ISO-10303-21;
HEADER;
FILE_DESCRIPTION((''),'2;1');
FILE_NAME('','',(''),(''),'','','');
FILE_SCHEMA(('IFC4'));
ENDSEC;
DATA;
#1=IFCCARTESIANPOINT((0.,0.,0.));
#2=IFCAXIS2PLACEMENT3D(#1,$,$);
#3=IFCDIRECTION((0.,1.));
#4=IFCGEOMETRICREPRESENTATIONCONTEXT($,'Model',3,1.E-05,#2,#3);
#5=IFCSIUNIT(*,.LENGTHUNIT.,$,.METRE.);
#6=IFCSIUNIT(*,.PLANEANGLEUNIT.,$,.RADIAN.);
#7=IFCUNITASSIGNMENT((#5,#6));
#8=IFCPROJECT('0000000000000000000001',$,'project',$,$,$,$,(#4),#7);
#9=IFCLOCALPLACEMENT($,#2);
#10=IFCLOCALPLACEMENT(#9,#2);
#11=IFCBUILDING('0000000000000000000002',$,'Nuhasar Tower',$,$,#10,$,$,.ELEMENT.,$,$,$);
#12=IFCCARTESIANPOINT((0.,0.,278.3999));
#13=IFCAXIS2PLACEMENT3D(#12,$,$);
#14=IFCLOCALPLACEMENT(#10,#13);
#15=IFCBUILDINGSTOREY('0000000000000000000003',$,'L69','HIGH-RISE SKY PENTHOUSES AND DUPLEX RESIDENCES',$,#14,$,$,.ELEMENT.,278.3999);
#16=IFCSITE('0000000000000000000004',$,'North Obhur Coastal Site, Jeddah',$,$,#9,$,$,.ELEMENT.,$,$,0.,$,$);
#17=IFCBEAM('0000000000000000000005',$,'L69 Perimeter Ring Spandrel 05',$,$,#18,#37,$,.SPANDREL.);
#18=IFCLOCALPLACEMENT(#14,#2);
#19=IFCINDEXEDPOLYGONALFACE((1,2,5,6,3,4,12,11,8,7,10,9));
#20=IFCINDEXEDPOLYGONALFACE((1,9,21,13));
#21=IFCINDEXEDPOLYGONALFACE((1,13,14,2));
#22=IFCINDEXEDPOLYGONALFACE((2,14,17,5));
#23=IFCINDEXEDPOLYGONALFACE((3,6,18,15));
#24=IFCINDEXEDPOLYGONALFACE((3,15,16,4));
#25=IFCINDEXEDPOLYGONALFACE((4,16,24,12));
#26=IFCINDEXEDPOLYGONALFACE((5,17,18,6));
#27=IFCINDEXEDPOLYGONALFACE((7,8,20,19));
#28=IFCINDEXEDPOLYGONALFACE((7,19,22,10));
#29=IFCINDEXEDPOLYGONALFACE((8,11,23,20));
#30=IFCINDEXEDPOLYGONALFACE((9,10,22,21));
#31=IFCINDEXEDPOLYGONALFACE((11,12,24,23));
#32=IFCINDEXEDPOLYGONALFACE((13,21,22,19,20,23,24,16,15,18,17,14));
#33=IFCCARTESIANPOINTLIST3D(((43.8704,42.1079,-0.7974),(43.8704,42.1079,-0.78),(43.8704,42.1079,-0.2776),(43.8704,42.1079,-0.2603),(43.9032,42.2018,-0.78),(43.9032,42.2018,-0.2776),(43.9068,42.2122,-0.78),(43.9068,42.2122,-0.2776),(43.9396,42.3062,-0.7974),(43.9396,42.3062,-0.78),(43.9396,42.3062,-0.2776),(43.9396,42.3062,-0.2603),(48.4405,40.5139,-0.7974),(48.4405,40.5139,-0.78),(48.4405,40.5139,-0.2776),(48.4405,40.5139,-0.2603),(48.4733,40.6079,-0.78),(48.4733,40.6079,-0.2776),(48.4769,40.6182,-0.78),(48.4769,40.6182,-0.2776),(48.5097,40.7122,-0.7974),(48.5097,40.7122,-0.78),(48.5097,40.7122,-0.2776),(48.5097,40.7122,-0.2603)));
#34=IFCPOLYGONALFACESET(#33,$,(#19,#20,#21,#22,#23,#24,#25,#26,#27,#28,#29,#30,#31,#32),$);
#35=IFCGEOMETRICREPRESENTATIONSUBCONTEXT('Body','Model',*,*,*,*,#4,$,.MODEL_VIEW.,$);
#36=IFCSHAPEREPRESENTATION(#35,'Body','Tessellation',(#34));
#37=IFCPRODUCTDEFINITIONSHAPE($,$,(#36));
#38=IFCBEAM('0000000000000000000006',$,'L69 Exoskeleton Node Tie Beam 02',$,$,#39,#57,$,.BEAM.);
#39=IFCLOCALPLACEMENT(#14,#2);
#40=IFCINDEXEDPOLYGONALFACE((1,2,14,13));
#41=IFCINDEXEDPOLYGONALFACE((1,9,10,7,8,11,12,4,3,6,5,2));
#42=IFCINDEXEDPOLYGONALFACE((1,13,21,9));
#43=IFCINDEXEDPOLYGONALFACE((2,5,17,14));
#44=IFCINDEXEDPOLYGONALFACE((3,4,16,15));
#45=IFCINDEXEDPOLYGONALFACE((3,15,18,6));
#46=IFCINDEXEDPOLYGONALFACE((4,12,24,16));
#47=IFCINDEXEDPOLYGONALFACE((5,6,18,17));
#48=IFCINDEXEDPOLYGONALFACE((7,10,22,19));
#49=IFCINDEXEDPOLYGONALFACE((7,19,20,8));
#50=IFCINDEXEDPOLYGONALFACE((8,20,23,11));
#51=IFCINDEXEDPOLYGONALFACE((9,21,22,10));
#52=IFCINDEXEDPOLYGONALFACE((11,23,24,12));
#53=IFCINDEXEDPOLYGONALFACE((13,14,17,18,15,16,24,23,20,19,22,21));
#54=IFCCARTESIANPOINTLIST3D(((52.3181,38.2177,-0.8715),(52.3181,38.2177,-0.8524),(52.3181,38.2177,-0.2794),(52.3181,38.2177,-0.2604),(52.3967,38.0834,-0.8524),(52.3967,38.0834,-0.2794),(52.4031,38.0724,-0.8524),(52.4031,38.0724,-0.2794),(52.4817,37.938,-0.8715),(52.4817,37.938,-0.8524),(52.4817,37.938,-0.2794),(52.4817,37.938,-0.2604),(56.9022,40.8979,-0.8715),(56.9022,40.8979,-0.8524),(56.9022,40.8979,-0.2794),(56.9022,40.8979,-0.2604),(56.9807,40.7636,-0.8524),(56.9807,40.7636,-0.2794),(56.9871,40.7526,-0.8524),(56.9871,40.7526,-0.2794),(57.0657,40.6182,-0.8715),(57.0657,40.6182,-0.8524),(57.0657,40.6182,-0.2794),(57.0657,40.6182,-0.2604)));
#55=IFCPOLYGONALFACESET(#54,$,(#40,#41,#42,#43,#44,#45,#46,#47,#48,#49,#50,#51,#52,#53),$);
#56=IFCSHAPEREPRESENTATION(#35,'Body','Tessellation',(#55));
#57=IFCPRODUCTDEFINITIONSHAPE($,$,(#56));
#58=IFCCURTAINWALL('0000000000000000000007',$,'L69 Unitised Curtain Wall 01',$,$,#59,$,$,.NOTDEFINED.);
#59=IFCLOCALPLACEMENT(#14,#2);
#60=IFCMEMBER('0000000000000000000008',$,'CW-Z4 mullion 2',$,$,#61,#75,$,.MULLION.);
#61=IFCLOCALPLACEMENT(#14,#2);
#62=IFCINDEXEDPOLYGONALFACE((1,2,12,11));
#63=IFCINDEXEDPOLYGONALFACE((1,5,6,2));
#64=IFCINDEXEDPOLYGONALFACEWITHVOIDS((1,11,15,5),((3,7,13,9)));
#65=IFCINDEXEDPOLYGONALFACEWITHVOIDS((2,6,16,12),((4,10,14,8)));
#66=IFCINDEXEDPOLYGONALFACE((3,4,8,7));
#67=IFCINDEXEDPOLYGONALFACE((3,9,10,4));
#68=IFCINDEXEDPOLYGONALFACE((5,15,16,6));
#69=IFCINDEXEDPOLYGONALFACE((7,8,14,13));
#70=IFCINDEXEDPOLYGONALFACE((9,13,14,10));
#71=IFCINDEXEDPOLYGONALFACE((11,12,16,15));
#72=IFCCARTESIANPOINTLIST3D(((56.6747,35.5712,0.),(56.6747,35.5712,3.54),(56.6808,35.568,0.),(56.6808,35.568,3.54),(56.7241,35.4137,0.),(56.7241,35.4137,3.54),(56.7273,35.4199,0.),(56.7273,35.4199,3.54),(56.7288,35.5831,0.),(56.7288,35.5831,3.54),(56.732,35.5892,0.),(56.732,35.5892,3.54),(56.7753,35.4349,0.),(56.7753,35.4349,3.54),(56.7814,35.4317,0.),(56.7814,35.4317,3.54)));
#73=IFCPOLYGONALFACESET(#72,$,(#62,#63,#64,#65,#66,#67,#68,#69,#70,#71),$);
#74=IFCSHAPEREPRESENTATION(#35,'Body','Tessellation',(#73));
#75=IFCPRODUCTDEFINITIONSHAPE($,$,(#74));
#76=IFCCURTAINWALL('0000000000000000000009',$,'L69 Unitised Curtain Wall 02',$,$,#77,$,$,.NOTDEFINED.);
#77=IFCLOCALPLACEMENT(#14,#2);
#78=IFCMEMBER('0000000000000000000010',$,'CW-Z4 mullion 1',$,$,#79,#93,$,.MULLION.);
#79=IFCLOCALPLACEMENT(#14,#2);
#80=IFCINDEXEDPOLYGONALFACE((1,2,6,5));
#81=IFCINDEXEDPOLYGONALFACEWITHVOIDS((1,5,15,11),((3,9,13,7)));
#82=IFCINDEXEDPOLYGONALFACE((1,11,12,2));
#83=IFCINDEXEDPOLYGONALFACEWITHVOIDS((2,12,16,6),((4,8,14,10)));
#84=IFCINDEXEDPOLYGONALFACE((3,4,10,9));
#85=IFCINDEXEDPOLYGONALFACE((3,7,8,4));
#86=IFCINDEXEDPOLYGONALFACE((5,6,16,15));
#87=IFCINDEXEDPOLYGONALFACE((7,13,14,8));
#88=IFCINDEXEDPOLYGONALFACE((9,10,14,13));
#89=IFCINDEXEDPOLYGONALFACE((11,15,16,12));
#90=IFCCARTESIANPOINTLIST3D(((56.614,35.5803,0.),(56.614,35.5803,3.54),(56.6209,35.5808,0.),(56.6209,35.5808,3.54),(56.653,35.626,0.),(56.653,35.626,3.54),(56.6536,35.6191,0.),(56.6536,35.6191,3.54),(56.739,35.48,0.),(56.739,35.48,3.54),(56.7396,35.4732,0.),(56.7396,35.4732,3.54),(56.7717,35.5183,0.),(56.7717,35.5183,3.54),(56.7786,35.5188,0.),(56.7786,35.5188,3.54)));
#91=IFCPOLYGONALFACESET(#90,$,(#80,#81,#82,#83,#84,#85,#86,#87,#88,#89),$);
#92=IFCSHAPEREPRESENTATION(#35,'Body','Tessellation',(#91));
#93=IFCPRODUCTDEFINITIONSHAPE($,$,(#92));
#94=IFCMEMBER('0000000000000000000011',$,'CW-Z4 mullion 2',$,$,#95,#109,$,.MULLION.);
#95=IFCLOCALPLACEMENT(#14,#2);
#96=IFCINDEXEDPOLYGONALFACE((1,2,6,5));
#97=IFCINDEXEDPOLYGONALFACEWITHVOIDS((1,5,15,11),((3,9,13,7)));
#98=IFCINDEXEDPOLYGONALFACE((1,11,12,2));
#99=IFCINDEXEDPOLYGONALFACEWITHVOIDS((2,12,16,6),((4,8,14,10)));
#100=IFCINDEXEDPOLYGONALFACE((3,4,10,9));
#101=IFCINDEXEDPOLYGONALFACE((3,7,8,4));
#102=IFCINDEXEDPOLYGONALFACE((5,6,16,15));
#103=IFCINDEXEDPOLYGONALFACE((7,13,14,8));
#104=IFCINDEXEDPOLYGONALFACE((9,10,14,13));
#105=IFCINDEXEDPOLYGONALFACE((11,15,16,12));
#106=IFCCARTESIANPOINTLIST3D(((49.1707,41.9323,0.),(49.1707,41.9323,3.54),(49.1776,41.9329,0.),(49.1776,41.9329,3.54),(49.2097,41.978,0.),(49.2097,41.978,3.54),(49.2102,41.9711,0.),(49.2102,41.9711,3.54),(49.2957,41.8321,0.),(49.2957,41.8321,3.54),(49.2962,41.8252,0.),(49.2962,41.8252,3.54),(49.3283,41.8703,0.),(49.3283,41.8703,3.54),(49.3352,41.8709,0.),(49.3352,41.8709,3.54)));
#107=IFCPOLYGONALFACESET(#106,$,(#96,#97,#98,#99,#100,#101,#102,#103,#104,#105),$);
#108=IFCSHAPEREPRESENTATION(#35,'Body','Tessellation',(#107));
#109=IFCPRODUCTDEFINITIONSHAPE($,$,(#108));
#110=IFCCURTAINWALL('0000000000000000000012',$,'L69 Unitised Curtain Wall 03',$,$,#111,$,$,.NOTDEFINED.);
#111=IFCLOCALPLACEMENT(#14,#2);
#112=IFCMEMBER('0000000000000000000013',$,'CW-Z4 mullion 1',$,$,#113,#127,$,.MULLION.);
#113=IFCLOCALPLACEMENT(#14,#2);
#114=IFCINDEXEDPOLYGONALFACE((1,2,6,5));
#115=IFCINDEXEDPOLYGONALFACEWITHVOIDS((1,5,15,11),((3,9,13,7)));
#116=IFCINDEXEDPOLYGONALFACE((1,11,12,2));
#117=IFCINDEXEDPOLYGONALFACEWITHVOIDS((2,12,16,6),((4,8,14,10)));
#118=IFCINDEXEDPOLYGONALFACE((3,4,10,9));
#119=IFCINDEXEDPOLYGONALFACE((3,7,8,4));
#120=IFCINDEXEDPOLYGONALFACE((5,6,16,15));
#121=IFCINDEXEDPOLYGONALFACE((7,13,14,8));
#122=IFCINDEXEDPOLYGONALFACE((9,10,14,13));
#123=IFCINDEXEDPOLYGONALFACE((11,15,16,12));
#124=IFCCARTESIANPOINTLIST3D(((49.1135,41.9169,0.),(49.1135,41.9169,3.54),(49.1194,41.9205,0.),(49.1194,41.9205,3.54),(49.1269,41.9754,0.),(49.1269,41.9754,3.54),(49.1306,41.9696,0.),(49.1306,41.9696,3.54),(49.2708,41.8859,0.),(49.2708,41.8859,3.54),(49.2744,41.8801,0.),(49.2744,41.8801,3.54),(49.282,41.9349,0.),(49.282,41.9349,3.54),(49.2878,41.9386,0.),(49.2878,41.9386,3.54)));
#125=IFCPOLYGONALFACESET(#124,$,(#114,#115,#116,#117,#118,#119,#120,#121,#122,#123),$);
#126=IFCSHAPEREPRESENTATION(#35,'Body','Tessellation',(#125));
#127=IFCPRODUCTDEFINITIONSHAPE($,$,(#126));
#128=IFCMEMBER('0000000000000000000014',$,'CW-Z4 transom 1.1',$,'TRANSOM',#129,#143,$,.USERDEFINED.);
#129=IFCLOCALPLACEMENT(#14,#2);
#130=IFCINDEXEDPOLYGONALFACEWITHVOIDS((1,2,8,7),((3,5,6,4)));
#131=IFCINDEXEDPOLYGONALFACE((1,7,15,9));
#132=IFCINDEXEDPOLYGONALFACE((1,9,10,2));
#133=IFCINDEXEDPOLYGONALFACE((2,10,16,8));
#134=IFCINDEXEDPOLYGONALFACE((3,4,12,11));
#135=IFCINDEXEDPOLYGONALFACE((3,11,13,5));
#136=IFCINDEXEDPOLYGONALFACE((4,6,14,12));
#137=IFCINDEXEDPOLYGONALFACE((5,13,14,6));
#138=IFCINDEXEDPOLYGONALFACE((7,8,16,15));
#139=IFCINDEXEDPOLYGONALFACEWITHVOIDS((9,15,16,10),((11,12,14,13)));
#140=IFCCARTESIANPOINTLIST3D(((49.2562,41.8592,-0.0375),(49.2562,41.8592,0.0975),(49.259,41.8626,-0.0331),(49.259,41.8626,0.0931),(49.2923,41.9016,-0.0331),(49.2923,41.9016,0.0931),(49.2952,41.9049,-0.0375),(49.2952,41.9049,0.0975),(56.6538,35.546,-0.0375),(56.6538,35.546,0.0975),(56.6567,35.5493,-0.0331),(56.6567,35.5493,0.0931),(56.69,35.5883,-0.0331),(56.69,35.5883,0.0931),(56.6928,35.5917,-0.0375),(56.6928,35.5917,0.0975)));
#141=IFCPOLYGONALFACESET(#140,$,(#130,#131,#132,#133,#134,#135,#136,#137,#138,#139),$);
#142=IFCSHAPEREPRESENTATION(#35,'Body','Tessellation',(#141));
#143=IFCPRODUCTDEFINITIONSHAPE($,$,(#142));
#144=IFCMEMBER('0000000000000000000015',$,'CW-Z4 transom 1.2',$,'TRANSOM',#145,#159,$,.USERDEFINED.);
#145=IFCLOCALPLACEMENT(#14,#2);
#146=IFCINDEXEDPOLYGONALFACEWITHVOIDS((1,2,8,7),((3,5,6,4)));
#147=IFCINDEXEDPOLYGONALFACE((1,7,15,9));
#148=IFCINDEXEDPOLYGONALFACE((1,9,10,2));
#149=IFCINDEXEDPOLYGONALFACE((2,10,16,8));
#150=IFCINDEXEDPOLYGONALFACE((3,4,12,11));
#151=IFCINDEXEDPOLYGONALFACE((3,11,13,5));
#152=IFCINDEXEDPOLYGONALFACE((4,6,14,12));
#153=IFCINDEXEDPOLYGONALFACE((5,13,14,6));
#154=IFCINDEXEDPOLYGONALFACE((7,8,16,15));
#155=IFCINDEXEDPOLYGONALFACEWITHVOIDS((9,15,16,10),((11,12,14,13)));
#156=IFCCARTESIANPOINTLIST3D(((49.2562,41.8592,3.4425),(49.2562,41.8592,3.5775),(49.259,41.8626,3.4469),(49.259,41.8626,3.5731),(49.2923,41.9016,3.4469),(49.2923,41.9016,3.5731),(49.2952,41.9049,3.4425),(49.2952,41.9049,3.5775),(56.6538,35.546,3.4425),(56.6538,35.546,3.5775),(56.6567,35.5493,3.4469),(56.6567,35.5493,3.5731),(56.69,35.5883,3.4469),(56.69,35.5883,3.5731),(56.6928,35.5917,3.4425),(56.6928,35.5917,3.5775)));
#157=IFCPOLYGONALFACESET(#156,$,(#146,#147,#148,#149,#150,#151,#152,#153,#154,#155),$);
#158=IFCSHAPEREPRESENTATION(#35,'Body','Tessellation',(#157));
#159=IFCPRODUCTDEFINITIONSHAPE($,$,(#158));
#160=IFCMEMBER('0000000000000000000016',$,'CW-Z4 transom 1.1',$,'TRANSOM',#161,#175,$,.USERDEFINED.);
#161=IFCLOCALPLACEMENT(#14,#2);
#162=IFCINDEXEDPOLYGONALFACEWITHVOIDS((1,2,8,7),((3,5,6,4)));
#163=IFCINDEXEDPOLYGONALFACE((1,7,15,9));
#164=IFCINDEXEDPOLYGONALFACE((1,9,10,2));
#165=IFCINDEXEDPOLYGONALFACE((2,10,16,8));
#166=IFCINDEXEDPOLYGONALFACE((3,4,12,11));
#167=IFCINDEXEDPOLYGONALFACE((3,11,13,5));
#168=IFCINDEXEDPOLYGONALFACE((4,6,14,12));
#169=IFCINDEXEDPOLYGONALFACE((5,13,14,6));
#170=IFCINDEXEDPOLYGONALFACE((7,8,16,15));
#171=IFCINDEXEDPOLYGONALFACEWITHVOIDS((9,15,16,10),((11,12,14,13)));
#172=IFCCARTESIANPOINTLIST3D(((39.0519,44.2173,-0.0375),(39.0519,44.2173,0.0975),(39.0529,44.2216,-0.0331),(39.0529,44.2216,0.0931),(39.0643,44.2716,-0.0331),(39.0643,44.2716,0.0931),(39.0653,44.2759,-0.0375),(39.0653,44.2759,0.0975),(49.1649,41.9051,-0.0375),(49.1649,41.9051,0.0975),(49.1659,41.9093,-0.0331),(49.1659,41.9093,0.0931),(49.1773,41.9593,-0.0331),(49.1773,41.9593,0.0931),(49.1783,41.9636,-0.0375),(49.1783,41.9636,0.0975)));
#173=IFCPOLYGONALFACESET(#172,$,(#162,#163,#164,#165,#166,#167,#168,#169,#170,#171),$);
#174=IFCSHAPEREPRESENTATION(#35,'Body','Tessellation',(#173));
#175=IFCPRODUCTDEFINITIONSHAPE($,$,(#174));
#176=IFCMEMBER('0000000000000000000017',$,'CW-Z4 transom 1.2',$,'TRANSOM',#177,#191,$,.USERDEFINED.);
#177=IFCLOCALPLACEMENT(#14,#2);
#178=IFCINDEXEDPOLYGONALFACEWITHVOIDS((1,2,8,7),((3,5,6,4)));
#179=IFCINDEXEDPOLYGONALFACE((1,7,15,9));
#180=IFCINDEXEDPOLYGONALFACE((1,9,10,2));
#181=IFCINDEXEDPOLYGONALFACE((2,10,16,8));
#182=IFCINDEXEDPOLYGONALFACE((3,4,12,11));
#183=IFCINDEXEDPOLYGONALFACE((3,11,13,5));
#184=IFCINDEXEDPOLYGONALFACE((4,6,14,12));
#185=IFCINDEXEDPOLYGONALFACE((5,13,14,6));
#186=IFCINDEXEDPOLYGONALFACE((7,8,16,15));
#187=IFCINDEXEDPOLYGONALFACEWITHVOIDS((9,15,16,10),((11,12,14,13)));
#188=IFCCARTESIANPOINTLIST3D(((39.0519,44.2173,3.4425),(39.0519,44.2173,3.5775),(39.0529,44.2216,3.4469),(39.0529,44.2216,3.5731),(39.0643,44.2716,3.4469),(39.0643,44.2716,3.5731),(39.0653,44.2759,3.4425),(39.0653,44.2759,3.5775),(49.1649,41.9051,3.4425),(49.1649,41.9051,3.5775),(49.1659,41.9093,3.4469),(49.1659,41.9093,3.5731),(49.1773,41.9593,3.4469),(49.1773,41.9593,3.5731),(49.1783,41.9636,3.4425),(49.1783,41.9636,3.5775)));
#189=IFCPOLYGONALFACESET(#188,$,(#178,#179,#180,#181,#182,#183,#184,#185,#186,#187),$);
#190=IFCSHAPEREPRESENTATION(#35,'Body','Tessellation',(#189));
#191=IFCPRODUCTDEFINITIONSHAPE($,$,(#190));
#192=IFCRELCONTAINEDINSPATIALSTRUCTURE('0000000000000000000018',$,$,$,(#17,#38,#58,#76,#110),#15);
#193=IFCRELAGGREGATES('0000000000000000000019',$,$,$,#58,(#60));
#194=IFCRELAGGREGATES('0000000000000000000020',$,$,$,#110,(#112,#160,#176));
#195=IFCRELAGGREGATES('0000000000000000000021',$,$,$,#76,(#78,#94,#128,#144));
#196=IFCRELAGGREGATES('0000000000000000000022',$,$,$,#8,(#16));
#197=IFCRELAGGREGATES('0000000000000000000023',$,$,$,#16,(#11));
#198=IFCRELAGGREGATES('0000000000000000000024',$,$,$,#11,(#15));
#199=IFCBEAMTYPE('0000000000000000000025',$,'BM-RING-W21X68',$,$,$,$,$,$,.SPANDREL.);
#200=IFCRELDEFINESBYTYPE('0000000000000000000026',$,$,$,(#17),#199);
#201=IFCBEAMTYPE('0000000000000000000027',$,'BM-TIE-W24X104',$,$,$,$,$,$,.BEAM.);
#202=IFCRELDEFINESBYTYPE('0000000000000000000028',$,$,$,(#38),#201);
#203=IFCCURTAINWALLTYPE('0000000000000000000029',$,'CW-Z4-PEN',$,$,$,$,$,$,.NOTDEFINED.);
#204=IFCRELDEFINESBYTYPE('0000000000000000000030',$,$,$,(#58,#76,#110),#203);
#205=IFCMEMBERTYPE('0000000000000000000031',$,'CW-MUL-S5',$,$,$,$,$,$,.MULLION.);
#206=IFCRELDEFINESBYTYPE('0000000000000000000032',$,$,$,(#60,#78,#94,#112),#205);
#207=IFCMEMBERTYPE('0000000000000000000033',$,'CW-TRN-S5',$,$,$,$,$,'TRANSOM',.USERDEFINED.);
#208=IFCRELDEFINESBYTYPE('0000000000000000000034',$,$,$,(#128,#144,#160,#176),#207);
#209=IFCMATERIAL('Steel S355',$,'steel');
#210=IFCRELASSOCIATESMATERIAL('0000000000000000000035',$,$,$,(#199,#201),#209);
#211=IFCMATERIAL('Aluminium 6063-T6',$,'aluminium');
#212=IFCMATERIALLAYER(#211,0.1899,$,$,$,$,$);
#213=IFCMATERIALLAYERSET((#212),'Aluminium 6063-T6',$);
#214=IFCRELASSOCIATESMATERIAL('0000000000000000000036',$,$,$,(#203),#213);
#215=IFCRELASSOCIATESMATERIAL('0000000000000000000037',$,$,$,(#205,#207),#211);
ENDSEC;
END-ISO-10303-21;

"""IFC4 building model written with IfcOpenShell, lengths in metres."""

from ifc_helpers import new_model, si_unit, direction, frame, origin, origin_2d, place, context, subcontext, project, spatial, hollow_rectangle, i_section, extrude, material, layer, layer_set, material_profile, profile_set, type_object, element, aggregate, save


model = new_model("IFC4")

# Units and contexts
model_context = context("Model", 3, precision=1e-05, world=origin(), true_north=direction((0.0, 1.0)))
body_context = subcontext(model_context, "Body", "Model", "MODEL_VIEW")
ifc_project = project(units=[si_unit("LENGTHUNIT", "METRE"), si_unit("PLANEANGLEUNIT", "RADIAN")], contexts=[model_context])

# Site, building, storey
site_placement = place(None, origin())
site = spatial("IfcSite", under=ifc_project, at=site_placement, Name="North Obhur Coastal Site, Jeddah", CompositionType="ELEMENT", RefElevation=0.0)
building_placement = place(site_placement, origin())
building = spatial("IfcBuilding", under=site, at=building_placement, Name="Nuhasar Tower", CompositionType="ELEMENT")
storey_placement = place(building_placement, frame((0.0, 0.0, 278.3999)))
storey = spatial("IfcBuildingStorey", under=building, at=storey_placement, Name="L69", Description="HIGH-RISE SKY PENTHOUSES AND DUPLEX RESIDENCES", CompositionType="ELEMENT", Elevation=278.3999)

# Beams
ifc_material_1 = material(Name="Steel S355", Category="steel")
ifc_material_profile_1 = material_profile(ifc_material_1, i_section(OverallWidth=0.21, OverallDepth=0.5371, WebThickness=0.011, FlangeThickness=0.0173, at=origin_2d()), Name="W21X68")
ifc_profile_set_1 = profile_set([ifc_material_profile_1], Name="Steel S355")
beam_type_1 = type_object("IfcBeamType", Name="BM-RING-W21X68", PredefinedType="SPANDREL", material=ifc_profile_set_1)
beam_1_placement = place(storey_placement, frame((48.4751, 40.613, -0.5288), z_axis=(-0.944214, 0.329332, 0.0), x_axis=(-0.329332, -0.944214, 0.0)))
element("IfcBeam", 1, at=beam_1_placement, inside=storey, type_object=beam_type_1, Name="L69 Perimeter Ring Spandrel 05", PredefinedType="SPANDREL", context=body_context, shape_type="SweptSolid", body=[
    extrude(i_section(OverallWidth=0.21, OverallDepth=0.5371, WebThickness=0.011, FlangeThickness=0.0173, at=origin_2d()), origin(), (0.0, 0.0, 1.0), 4.8401),
])
ifc_material_profile_2 = material_profile(ifc_material_1, i_section(OverallWidth=0.324, OverallDepth=0.6111, WebThickness=0.0127, FlangeThickness=0.019, at=origin_2d()), Name="W24X104")
ifc_profile_set_2 = profile_set([ifc_material_profile_2], Name="Steel S355")
beam_type_2 = type_object("IfcBeamType", Name="BM-TIE-W24X104", PredefinedType="BEAM", material=ifc_profile_set_2)
beam_2_placement = place(storey_placement, frame((52.3999, 38.0779, -0.5659), z_axis=(0.863272, 0.50474, 0.0), x_axis=(-0.50474, 0.863272, 0.0)))
element("IfcBeam", 2, at=beam_2_placement, inside=storey, type_object=beam_type_2, Name="L69 Exoskeleton Node Tie Beam 02", PredefinedType="BEAM", context=body_context, shape_type="SweptSolid", body=[
    extrude(i_section(OverallWidth=0.324, OverallDepth=0.6111, WebThickness=0.0127, FlangeThickness=0.019, at=origin_2d()), origin(), (0.0, 0.0, 1.0), 5.3101),
])

# Curtain wall, member
ifc_material_2 = material(Name="Aluminium 6063-T6", Category="aluminium")
ifc_layer_1 = layer(ifc_material_2, 0.1899)
ifc_layer_set_1 = layer_set([ifc_layer_1], Name="Aluminium 6063-T6")
curtain_wall_type = type_object("IfcCurtainWallType", Name="CW-Z4-PEN", PredefinedType="NOTDEFINED", material=ifc_layer_set_1)
curtain_wall_1_placement = place(storey_placement, origin())
curtain_wall_1 = element("IfcCurtainWall", 3, at=curtain_wall_1_placement, inside=storey, type_object=curtain_wall_type, Name="L69 Unitised Curtain Wall 01", PredefinedType="NOTDEFINED")
ifc_material_profile_3 = material_profile(ifc_material_2, hollow_rectangle(XDim=0.0601, YDim=0.165, WallThickness=0.0049, at=origin_2d()), Name="CWM-5")
ifc_profile_set_3 = profile_set([ifc_material_profile_3], Name="Aluminium 6063-T6")
member_type_1 = type_object("IfcMemberType", Name="CW-MUL-S5", PredefinedType="MULLION", material=ifc_profile_set_3)
member_1_placement = place(storey_placement, frame((56.728, 35.5015, 0.0), z_axis=(0.0, 0.0, 1.0), x_axis=(-0.954079, -0.299557, 0.0)))
member_1 = element("IfcMember", 4, at=member_1_placement, type_object=member_type_1, Name="CW-Z4 mullion 2", PredefinedType="MULLION", context=body_context, shape_type="SweptSolid", body=[
    extrude(hollow_rectangle(XDim=0.0601, YDim=0.165, WallThickness=0.0049, at=origin_2d()), origin(), (0.0, 0.0, 1.0), 3.54),
])
aggregate(curtain_wall_1, [member_1])

# Curtain wall, members
curtain_wall_2_placement = place(storey_placement, origin())
curtain_wall_2 = element("IfcCurtainWall", 5, at=curtain_wall_2_placement, inside=storey, type_object=curtain_wall_type, Name="L69 Unitised Curtain Wall 02", PredefinedType="NOTDEFINED")
member_2_placement = place(storey_placement, frame((56.6963, 35.5496, 0.0), z_axis=(0.0, 0.0, 1.0), x_axis=(-0.649142, -0.760667, 0.0)))
member_2 = element("IfcMember", 6, at=member_2_placement, type_object=member_type_1, Name="CW-Z4 mullion 1", PredefinedType="MULLION", context=body_context, shape_type="SweptSolid", body=[
    extrude(hollow_rectangle(XDim=0.0601, YDim=0.165, WallThickness=0.0049, at=origin_2d()), origin(), (0.0, 0.0, 1.0), 3.54),
])
member_3_placement = place(storey_placement, frame((49.2529, 41.9016, 0.0), z_axis=(0.0, 0.0, 1.0), x_axis=(-0.649142, -0.760667, 0.0)))
member_3 = element("IfcMember", 7, at=member_3_placement, type_object=member_type_1, Name="CW-Z4 mullion 2", PredefinedType="MULLION", context=body_context, shape_type="SweptSolid", body=[
    extrude(hollow_rectangle(XDim=0.0601, YDim=0.165, WallThickness=0.0049, at=origin_2d()), origin(), (0.0, 0.0, 1.0), 3.54),
])

# Curtain wall, member
curtain_wall_3_placement = place(storey_placement, origin())
curtain_wall_3 = element("IfcCurtainWall", 8, at=curtain_wall_3_placement, inside=storey, type_object=curtain_wall_type, Name="L69 Unitised Curtain Wall 03", PredefinedType="NOTDEFINED")
member_4_placement = place(storey_placement, frame((49.2007, 41.9277, 0.0), z_axis=(0.0, 0.0, 1.0), x_axis=(-0.222889, -0.974844, 0.0)))
member_4 = element("IfcMember", 9, at=member_4_placement, type_object=member_type_1, Name="CW-Z4 mullion 1", PredefinedType="MULLION", context=body_context, shape_type="SweptSolid", body=[
    extrude(hollow_rectangle(XDim=0.0601, YDim=0.165, WallThickness=0.0049, at=origin_2d()), origin(), (0.0, 0.0, 1.0), 3.54),
])

# Members
ifc_material_profile_4 = material_profile(ifc_material_2, hollow_rectangle(XDim=0.0601, YDim=0.135, WallThickness=0.0044, at=origin_2d()), Name="CWT-5")
ifc_profile_set_4 = profile_set([ifc_material_profile_4], Name="Aluminium 6063-T6")
member_type_2 = type_object("IfcMemberType", Name="CW-TRN-S5", ElementType="TRANSOM", PredefinedType="USERDEFINED", material=ifc_profile_set_4)
member_5_placement = place(storey_placement, frame((56.6733, 35.5688, 0.03), z_axis=(-0.76066, 0.64915, 0.0), x_axis=(-0.64915, -0.76066, 0.0)))
member_5 = element("IfcMember", 10, at=member_5_placement, type_object=member_type_2, Name="CW-Z4 transom 1.1", ObjectType="TRANSOM", PredefinedType="USERDEFINED", context=body_context, shape_type="SweptSolid", body=[
    extrude(hollow_rectangle(XDim=0.0601, YDim=0.135, WallThickness=0.0044, at=origin_2d()), origin(), (0.0, 0.0, 1.0), 9.7253),
])
member_6_placement = place(storey_placement, frame((56.6733, 35.5688, 3.51), z_axis=(-0.76066, 0.64915, 0.0), x_axis=(-0.64915, -0.76066, 0.0)))
member_6 = element("IfcMember", 11, at=member_6_placement, type_object=member_type_2, Name="CW-Z4 transom 1.2", ObjectType="TRANSOM", PredefinedType="USERDEFINED", context=body_context, shape_type="SweptSolid", body=[
    extrude(hollow_rectangle(XDim=0.0601, YDim=0.135, WallThickness=0.0044, at=origin_2d()), origin(), (0.0, 0.0, 1.0), 9.7253),
])
member_7_placement = place(storey_placement, frame((49.1716, 41.9343, 0.03), z_axis=(-0.974844, 0.222889, 0.0), x_axis=(-0.222889, -0.974844, 0.0)))
member_7 = element("IfcMember", 12, at=member_7_placement, type_object=member_type_2, Name="CW-Z4 transom 1.1", ObjectType="TRANSOM", PredefinedType="USERDEFINED", context=body_context, shape_type="SweptSolid", body=[
    extrude(hollow_rectangle(XDim=0.0601, YDim=0.135, WallThickness=0.0044, at=origin_2d()), origin(), (0.0, 0.0, 1.0), 10.374),
])
member_8_placement = place(storey_placement, frame((49.1716, 41.9343, 3.51), z_axis=(-0.974844, 0.222889, 0.0), x_axis=(-0.222889, -0.974844, 0.0)))
member_8 = element("IfcMember", 13, at=member_8_placement, type_object=member_type_2, Name="CW-Z4 transom 1.2", ObjectType="TRANSOM", PredefinedType="USERDEFINED", context=body_context, shape_type="SweptSolid", body=[
    extrude(hollow_rectangle(XDim=0.0601, YDim=0.135, WallThickness=0.0044, at=origin_2d()), origin(), (0.0, 0.0, 1.0), 10.374),
])
aggregate(curtain_wall_3, [member_4, member_7, member_8])

aggregate(curtain_wall_2, [member_2, member_3, member_5, member_6])

save(model, "model.ifc")
